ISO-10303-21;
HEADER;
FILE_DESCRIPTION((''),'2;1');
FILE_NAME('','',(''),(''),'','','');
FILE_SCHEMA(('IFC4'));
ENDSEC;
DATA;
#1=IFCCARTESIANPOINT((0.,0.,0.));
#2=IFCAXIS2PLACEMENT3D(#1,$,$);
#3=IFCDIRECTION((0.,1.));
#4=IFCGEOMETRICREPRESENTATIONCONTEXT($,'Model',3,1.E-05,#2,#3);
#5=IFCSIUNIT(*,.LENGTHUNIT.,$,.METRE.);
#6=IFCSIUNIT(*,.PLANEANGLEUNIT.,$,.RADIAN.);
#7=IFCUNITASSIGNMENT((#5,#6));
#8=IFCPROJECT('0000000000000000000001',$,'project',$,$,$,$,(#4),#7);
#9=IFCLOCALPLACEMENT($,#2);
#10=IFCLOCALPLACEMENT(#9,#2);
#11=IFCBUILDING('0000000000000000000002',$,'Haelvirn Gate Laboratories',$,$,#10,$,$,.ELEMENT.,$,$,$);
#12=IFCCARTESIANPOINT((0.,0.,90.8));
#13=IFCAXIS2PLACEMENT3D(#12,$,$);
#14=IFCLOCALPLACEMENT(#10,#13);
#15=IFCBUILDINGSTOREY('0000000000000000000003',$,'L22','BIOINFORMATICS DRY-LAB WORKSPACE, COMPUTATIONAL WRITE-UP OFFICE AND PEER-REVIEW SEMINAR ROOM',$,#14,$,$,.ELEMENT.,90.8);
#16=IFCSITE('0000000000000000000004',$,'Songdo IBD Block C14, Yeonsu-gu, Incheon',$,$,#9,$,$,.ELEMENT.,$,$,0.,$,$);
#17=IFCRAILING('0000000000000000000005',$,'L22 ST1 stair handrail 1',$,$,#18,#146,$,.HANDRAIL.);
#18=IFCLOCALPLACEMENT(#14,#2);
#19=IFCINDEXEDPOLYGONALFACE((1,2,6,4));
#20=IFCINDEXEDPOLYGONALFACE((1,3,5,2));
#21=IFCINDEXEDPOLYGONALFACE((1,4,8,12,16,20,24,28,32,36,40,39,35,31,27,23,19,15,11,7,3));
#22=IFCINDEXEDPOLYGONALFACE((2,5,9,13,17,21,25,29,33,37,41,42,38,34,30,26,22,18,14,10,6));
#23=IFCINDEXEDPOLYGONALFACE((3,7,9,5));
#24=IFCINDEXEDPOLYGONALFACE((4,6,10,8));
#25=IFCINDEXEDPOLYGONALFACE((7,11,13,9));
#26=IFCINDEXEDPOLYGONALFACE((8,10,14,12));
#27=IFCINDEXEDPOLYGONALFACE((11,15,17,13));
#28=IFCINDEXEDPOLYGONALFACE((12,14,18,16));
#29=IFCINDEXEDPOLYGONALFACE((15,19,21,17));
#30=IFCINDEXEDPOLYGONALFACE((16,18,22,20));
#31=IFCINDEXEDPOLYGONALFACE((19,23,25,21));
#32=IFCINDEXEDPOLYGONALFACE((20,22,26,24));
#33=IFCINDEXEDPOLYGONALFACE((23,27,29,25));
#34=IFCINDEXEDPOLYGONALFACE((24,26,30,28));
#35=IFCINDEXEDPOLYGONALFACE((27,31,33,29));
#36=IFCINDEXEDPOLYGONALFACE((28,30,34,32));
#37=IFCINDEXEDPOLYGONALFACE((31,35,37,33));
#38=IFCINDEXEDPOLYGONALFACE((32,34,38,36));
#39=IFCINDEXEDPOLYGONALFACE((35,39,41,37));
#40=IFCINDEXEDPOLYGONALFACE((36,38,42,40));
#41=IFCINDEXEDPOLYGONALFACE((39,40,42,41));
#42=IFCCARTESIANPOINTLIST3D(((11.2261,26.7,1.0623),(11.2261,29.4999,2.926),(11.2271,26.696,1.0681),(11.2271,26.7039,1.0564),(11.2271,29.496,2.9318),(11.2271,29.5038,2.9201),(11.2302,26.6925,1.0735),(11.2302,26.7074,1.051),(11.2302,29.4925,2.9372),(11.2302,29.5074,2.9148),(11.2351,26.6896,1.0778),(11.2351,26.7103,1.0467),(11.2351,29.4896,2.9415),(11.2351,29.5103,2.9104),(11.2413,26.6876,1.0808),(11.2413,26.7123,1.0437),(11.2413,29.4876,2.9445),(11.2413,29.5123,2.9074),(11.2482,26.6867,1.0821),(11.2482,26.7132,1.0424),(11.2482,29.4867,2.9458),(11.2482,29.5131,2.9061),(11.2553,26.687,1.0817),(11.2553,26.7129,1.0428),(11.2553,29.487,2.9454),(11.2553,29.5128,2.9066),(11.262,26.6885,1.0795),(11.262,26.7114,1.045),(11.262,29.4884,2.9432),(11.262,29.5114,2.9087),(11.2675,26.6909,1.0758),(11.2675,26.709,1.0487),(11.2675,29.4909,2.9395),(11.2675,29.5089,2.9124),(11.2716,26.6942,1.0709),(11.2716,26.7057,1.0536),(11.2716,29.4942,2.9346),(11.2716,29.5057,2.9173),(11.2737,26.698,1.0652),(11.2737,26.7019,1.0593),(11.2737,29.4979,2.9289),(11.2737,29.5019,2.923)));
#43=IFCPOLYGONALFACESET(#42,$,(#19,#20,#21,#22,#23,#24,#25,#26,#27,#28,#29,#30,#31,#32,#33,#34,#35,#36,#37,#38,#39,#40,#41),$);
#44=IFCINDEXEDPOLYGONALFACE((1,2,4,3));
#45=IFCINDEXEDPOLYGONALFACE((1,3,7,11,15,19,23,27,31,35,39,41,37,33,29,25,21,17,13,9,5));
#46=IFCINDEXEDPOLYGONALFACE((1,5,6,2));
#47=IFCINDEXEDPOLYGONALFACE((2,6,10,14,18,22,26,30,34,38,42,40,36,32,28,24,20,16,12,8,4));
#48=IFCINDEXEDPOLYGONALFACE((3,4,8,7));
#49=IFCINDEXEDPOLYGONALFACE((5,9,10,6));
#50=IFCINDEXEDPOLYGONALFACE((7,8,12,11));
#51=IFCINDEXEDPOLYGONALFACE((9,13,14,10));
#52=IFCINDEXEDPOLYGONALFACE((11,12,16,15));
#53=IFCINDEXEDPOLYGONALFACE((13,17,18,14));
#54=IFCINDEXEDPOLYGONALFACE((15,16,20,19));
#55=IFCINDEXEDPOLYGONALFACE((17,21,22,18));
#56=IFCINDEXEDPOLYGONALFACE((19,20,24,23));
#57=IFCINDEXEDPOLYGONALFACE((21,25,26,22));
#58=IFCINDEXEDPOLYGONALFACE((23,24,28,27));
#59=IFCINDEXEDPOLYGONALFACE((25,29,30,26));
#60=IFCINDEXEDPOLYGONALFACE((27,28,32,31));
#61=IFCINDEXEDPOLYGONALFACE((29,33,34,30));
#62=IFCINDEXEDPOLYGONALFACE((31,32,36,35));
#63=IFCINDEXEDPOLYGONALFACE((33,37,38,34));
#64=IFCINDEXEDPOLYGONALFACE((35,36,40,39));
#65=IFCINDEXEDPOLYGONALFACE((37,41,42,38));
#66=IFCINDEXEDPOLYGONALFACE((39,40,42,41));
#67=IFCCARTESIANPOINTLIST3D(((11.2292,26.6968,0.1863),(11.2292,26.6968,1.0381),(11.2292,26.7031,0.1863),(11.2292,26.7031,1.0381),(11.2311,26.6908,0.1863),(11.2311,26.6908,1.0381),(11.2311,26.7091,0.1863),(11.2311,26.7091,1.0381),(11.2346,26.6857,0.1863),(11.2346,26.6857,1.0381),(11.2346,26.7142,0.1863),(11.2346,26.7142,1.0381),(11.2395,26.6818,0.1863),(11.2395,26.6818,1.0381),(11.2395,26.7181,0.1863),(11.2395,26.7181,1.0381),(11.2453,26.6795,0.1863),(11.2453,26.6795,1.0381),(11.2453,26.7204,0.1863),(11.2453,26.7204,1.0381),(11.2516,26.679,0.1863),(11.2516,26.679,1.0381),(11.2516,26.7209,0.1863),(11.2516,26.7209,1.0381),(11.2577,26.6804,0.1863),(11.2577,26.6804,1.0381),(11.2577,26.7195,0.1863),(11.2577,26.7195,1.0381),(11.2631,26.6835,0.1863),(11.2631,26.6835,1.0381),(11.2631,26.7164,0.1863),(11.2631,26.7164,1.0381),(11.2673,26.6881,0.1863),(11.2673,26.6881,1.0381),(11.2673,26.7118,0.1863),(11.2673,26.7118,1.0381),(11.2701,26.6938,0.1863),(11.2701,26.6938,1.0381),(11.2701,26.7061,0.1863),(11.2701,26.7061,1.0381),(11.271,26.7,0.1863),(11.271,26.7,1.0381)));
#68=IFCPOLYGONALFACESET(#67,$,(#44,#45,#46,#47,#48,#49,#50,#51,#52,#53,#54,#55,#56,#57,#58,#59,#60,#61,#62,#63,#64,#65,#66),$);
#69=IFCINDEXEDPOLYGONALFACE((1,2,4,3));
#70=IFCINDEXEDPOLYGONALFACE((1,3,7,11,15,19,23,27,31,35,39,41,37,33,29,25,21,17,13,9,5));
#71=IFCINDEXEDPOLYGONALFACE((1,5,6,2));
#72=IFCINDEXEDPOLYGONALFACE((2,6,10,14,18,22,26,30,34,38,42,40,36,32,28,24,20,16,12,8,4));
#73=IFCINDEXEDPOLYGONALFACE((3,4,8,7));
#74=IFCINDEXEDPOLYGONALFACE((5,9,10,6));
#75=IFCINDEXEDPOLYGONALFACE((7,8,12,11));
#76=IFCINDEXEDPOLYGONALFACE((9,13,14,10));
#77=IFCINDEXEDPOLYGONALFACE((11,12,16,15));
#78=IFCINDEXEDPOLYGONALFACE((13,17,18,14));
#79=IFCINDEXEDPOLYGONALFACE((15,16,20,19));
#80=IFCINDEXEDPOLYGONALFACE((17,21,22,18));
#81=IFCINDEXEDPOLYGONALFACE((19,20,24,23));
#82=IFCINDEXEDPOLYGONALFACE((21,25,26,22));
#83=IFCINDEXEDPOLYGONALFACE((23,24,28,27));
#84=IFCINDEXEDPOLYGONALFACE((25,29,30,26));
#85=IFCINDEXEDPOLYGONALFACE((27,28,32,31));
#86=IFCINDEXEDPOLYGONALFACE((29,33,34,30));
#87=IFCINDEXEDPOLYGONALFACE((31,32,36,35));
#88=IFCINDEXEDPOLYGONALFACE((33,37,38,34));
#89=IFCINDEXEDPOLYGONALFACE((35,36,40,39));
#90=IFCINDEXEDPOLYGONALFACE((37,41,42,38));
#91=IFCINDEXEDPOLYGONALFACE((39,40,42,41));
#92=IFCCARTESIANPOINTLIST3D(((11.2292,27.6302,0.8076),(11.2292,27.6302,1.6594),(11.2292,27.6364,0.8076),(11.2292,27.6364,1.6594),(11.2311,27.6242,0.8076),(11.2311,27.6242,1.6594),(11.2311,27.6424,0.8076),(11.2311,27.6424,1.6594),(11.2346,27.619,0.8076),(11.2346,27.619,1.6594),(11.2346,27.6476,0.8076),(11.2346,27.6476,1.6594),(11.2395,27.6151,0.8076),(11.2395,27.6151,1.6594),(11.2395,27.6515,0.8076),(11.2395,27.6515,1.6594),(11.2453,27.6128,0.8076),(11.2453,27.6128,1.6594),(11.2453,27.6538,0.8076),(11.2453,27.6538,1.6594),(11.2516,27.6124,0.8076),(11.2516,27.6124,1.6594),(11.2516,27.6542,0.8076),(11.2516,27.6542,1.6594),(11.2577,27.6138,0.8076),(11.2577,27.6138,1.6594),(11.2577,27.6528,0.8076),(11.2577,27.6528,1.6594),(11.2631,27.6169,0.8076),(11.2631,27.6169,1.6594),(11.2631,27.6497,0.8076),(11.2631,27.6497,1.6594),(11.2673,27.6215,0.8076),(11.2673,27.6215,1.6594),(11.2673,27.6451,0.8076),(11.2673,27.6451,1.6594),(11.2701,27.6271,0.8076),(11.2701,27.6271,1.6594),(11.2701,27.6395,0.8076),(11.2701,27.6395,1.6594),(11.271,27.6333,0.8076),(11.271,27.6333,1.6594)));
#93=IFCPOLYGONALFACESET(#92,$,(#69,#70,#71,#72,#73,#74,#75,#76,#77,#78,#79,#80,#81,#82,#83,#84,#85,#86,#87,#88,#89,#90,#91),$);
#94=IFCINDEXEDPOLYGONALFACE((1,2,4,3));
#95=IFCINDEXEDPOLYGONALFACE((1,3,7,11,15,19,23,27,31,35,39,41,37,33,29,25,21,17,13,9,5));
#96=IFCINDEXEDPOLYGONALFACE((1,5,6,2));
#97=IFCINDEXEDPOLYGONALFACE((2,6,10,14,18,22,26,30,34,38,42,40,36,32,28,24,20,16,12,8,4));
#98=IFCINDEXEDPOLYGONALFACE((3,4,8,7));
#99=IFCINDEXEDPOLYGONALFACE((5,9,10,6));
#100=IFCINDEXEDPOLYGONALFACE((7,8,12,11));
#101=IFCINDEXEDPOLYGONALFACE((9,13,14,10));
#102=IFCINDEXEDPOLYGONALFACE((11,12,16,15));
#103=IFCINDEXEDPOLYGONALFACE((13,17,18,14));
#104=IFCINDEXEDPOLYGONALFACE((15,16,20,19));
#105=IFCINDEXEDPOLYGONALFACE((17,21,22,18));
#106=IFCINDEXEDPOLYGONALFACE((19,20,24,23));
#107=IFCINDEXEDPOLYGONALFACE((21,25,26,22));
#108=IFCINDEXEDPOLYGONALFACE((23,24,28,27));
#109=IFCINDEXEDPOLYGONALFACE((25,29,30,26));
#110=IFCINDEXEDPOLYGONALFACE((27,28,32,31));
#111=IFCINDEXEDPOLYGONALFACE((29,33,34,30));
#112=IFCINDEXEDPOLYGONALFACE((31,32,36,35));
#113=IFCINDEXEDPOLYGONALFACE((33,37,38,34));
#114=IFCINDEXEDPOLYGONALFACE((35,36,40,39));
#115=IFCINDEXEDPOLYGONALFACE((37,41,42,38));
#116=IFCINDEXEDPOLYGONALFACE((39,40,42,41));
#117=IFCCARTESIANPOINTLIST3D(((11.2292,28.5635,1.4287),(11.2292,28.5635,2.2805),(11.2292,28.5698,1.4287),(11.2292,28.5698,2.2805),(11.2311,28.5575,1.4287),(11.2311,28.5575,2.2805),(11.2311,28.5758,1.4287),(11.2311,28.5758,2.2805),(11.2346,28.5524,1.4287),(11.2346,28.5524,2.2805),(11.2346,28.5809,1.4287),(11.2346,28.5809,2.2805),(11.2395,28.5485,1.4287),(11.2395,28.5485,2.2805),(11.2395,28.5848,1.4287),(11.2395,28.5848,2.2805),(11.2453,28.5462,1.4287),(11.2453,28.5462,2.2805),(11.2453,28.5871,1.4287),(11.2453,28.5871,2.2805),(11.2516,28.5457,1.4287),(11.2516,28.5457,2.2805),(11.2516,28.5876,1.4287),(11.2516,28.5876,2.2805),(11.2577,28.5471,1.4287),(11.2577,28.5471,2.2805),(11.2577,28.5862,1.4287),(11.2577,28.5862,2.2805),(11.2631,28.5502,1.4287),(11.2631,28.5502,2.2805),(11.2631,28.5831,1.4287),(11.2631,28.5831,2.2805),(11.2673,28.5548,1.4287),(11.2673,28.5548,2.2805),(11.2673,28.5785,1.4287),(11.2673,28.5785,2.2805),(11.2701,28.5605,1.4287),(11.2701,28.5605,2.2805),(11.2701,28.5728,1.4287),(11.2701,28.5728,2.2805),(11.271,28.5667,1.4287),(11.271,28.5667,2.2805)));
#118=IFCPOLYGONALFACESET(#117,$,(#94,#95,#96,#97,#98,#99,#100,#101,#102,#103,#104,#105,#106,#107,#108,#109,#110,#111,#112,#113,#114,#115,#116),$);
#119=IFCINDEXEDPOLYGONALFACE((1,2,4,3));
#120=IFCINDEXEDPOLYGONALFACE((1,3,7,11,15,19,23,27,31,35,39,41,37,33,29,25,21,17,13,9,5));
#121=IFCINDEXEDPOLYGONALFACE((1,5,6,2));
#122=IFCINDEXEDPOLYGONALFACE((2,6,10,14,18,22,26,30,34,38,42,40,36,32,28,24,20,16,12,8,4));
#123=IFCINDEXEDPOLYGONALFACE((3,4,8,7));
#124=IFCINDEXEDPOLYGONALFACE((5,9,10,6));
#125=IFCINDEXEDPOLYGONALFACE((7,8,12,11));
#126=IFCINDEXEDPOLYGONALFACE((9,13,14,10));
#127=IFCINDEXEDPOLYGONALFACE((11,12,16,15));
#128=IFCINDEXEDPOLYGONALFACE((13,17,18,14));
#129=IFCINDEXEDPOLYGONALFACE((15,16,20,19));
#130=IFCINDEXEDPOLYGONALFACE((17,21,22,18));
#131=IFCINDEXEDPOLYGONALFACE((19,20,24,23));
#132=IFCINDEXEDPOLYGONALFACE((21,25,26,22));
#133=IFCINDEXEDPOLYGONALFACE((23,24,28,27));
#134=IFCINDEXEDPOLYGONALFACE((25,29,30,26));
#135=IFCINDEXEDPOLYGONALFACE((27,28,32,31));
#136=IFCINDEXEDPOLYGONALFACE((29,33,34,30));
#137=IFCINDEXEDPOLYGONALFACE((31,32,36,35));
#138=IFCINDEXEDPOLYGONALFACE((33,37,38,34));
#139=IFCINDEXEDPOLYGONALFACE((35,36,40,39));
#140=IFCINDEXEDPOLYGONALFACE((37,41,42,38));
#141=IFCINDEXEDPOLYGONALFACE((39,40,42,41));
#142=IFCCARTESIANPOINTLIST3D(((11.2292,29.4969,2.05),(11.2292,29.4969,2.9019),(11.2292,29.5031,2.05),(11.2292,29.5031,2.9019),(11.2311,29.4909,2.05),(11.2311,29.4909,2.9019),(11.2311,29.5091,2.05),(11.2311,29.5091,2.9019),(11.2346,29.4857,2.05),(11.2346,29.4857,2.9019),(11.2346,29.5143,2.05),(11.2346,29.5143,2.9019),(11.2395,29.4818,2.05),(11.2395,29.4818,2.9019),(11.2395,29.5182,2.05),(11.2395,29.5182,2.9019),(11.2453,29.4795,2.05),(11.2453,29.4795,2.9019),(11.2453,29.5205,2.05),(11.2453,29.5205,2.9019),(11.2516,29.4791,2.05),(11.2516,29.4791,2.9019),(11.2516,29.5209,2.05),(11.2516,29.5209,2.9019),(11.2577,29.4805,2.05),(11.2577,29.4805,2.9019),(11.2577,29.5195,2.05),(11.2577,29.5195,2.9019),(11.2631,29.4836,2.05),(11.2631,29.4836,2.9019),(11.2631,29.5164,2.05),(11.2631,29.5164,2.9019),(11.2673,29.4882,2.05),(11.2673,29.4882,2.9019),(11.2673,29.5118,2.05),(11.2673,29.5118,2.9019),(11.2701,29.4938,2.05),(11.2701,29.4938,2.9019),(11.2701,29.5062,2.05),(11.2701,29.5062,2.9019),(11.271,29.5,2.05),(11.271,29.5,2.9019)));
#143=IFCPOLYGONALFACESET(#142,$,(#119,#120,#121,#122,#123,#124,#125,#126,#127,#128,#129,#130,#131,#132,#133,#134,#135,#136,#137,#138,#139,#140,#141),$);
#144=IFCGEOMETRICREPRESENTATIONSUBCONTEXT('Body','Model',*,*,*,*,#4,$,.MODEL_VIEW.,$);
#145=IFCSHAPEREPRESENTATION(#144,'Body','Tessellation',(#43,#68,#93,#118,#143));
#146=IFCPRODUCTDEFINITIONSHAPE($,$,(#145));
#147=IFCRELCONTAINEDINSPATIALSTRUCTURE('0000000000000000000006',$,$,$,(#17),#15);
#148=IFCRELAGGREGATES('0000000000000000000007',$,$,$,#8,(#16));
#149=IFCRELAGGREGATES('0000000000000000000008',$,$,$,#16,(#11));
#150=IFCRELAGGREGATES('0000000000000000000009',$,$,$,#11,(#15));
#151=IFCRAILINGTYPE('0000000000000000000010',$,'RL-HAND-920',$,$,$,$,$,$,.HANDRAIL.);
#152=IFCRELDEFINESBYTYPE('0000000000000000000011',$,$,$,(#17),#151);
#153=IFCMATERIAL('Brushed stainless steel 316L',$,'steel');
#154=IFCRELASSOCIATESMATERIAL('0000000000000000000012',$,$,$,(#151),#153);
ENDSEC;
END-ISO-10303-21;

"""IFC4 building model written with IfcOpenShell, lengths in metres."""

from ifc_helpers import new_model, si_unit, direction, frame, origin, origin_2d, place, context, subcontext, project, spatial, circle, extrude, source, transform, mapped, material, type_object, element, save


model = new_model("IFC4")

# Units and contexts
model_context = context("Model", 3, precision=1e-05, world=origin(), true_north=direction((0.0, 1.0)))
body_context = subcontext(model_context, "Body", "Model", "MODEL_VIEW")
ifc_project = project(units=[si_unit("LENGTHUNIT", "METRE"), si_unit("PLANEANGLEUNIT", "RADIAN")], contexts=[model_context])

# Site, building, storey
site_placement = place(None, origin())
site = spatial("IfcSite", under=ifc_project, at=site_placement, Name="Songdo IBD Block C14, Yeonsu-gu, Incheon", CompositionType="ELEMENT", RefElevation=0.0)
building_placement = place(site_placement, origin())
building = spatial("IfcBuilding", under=site, at=building_placement, Name="Haelvirn Gate Laboratories", CompositionType="ELEMENT")
storey_placement = place(building_placement, frame((0.0, 0.0, 90.8)))
storey = spatial("IfcBuildingStorey", under=building, at=storey_placement, Name="L22", Description="BIOINFORMATICS DRY-LAB WORKSPACE, COMPUTATIONAL WRITE-UP OFFICE AND PEER-REVIEW SEMINAR ROOM", CompositionType="ELEMENT", Elevation=90.8)

# Railing
ifc_material_1 = material(Name="Brushed stainless steel 316L", Category="steel")
railing_type_1 = type_object("IfcRailingType", Name="RL-HAND-920", PredefinedType="HANDRAIL", material=ifc_material_1)
shared_shape_1 = source(origin(), body_context, "Body", "SweptSolid", [
    extrude(circle(Radius=0.0239, at=origin_2d()), frame((0.0, 0.0, 0.876), z_axis=(0.0, 0.832452, 0.554097), x_axis=(-1.0, 0.0, 0.0)), (0.0, 0.0, 1.0), 3.3635),
    extrude(circle(Radius=0.021, at=origin_2d()), origin(), (0.0, 0.0, 1.0), 0.8518),
    extrude(circle(Radius=0.021, at=origin_2d()), frame((0.0, 0.9333, 0.6213)), (0.0, 0.0, 1.0), 0.8518),
    extrude(circle(Radius=0.021, at=origin_2d()), frame((0.0, 1.8667, 1.2424)), (0.0, 0.0, 1.0), 0.8518),
    extrude(circle(Radius=0.021, at=origin_2d()), frame((0.0, 2.8, 1.8638)), (0.0, 0.0, 1.0), 0.8518),
])
railing_1_placement = place(storey_placement, frame((11.25, 26.7, 0.1863)))
element("IfcRailing", 1, at=railing_1_placement, inside=storey, type_object=railing_type_1, Name="L22 ST1 stair handrail 1", PredefinedType="HANDRAIL", context=body_context, shape_type="MappedRepresentation", body=[
    mapped(shared_shape_1, transform((0.0, 0.0, 0.0), scale=1.0)),
])

save(model, "model.ifc")
